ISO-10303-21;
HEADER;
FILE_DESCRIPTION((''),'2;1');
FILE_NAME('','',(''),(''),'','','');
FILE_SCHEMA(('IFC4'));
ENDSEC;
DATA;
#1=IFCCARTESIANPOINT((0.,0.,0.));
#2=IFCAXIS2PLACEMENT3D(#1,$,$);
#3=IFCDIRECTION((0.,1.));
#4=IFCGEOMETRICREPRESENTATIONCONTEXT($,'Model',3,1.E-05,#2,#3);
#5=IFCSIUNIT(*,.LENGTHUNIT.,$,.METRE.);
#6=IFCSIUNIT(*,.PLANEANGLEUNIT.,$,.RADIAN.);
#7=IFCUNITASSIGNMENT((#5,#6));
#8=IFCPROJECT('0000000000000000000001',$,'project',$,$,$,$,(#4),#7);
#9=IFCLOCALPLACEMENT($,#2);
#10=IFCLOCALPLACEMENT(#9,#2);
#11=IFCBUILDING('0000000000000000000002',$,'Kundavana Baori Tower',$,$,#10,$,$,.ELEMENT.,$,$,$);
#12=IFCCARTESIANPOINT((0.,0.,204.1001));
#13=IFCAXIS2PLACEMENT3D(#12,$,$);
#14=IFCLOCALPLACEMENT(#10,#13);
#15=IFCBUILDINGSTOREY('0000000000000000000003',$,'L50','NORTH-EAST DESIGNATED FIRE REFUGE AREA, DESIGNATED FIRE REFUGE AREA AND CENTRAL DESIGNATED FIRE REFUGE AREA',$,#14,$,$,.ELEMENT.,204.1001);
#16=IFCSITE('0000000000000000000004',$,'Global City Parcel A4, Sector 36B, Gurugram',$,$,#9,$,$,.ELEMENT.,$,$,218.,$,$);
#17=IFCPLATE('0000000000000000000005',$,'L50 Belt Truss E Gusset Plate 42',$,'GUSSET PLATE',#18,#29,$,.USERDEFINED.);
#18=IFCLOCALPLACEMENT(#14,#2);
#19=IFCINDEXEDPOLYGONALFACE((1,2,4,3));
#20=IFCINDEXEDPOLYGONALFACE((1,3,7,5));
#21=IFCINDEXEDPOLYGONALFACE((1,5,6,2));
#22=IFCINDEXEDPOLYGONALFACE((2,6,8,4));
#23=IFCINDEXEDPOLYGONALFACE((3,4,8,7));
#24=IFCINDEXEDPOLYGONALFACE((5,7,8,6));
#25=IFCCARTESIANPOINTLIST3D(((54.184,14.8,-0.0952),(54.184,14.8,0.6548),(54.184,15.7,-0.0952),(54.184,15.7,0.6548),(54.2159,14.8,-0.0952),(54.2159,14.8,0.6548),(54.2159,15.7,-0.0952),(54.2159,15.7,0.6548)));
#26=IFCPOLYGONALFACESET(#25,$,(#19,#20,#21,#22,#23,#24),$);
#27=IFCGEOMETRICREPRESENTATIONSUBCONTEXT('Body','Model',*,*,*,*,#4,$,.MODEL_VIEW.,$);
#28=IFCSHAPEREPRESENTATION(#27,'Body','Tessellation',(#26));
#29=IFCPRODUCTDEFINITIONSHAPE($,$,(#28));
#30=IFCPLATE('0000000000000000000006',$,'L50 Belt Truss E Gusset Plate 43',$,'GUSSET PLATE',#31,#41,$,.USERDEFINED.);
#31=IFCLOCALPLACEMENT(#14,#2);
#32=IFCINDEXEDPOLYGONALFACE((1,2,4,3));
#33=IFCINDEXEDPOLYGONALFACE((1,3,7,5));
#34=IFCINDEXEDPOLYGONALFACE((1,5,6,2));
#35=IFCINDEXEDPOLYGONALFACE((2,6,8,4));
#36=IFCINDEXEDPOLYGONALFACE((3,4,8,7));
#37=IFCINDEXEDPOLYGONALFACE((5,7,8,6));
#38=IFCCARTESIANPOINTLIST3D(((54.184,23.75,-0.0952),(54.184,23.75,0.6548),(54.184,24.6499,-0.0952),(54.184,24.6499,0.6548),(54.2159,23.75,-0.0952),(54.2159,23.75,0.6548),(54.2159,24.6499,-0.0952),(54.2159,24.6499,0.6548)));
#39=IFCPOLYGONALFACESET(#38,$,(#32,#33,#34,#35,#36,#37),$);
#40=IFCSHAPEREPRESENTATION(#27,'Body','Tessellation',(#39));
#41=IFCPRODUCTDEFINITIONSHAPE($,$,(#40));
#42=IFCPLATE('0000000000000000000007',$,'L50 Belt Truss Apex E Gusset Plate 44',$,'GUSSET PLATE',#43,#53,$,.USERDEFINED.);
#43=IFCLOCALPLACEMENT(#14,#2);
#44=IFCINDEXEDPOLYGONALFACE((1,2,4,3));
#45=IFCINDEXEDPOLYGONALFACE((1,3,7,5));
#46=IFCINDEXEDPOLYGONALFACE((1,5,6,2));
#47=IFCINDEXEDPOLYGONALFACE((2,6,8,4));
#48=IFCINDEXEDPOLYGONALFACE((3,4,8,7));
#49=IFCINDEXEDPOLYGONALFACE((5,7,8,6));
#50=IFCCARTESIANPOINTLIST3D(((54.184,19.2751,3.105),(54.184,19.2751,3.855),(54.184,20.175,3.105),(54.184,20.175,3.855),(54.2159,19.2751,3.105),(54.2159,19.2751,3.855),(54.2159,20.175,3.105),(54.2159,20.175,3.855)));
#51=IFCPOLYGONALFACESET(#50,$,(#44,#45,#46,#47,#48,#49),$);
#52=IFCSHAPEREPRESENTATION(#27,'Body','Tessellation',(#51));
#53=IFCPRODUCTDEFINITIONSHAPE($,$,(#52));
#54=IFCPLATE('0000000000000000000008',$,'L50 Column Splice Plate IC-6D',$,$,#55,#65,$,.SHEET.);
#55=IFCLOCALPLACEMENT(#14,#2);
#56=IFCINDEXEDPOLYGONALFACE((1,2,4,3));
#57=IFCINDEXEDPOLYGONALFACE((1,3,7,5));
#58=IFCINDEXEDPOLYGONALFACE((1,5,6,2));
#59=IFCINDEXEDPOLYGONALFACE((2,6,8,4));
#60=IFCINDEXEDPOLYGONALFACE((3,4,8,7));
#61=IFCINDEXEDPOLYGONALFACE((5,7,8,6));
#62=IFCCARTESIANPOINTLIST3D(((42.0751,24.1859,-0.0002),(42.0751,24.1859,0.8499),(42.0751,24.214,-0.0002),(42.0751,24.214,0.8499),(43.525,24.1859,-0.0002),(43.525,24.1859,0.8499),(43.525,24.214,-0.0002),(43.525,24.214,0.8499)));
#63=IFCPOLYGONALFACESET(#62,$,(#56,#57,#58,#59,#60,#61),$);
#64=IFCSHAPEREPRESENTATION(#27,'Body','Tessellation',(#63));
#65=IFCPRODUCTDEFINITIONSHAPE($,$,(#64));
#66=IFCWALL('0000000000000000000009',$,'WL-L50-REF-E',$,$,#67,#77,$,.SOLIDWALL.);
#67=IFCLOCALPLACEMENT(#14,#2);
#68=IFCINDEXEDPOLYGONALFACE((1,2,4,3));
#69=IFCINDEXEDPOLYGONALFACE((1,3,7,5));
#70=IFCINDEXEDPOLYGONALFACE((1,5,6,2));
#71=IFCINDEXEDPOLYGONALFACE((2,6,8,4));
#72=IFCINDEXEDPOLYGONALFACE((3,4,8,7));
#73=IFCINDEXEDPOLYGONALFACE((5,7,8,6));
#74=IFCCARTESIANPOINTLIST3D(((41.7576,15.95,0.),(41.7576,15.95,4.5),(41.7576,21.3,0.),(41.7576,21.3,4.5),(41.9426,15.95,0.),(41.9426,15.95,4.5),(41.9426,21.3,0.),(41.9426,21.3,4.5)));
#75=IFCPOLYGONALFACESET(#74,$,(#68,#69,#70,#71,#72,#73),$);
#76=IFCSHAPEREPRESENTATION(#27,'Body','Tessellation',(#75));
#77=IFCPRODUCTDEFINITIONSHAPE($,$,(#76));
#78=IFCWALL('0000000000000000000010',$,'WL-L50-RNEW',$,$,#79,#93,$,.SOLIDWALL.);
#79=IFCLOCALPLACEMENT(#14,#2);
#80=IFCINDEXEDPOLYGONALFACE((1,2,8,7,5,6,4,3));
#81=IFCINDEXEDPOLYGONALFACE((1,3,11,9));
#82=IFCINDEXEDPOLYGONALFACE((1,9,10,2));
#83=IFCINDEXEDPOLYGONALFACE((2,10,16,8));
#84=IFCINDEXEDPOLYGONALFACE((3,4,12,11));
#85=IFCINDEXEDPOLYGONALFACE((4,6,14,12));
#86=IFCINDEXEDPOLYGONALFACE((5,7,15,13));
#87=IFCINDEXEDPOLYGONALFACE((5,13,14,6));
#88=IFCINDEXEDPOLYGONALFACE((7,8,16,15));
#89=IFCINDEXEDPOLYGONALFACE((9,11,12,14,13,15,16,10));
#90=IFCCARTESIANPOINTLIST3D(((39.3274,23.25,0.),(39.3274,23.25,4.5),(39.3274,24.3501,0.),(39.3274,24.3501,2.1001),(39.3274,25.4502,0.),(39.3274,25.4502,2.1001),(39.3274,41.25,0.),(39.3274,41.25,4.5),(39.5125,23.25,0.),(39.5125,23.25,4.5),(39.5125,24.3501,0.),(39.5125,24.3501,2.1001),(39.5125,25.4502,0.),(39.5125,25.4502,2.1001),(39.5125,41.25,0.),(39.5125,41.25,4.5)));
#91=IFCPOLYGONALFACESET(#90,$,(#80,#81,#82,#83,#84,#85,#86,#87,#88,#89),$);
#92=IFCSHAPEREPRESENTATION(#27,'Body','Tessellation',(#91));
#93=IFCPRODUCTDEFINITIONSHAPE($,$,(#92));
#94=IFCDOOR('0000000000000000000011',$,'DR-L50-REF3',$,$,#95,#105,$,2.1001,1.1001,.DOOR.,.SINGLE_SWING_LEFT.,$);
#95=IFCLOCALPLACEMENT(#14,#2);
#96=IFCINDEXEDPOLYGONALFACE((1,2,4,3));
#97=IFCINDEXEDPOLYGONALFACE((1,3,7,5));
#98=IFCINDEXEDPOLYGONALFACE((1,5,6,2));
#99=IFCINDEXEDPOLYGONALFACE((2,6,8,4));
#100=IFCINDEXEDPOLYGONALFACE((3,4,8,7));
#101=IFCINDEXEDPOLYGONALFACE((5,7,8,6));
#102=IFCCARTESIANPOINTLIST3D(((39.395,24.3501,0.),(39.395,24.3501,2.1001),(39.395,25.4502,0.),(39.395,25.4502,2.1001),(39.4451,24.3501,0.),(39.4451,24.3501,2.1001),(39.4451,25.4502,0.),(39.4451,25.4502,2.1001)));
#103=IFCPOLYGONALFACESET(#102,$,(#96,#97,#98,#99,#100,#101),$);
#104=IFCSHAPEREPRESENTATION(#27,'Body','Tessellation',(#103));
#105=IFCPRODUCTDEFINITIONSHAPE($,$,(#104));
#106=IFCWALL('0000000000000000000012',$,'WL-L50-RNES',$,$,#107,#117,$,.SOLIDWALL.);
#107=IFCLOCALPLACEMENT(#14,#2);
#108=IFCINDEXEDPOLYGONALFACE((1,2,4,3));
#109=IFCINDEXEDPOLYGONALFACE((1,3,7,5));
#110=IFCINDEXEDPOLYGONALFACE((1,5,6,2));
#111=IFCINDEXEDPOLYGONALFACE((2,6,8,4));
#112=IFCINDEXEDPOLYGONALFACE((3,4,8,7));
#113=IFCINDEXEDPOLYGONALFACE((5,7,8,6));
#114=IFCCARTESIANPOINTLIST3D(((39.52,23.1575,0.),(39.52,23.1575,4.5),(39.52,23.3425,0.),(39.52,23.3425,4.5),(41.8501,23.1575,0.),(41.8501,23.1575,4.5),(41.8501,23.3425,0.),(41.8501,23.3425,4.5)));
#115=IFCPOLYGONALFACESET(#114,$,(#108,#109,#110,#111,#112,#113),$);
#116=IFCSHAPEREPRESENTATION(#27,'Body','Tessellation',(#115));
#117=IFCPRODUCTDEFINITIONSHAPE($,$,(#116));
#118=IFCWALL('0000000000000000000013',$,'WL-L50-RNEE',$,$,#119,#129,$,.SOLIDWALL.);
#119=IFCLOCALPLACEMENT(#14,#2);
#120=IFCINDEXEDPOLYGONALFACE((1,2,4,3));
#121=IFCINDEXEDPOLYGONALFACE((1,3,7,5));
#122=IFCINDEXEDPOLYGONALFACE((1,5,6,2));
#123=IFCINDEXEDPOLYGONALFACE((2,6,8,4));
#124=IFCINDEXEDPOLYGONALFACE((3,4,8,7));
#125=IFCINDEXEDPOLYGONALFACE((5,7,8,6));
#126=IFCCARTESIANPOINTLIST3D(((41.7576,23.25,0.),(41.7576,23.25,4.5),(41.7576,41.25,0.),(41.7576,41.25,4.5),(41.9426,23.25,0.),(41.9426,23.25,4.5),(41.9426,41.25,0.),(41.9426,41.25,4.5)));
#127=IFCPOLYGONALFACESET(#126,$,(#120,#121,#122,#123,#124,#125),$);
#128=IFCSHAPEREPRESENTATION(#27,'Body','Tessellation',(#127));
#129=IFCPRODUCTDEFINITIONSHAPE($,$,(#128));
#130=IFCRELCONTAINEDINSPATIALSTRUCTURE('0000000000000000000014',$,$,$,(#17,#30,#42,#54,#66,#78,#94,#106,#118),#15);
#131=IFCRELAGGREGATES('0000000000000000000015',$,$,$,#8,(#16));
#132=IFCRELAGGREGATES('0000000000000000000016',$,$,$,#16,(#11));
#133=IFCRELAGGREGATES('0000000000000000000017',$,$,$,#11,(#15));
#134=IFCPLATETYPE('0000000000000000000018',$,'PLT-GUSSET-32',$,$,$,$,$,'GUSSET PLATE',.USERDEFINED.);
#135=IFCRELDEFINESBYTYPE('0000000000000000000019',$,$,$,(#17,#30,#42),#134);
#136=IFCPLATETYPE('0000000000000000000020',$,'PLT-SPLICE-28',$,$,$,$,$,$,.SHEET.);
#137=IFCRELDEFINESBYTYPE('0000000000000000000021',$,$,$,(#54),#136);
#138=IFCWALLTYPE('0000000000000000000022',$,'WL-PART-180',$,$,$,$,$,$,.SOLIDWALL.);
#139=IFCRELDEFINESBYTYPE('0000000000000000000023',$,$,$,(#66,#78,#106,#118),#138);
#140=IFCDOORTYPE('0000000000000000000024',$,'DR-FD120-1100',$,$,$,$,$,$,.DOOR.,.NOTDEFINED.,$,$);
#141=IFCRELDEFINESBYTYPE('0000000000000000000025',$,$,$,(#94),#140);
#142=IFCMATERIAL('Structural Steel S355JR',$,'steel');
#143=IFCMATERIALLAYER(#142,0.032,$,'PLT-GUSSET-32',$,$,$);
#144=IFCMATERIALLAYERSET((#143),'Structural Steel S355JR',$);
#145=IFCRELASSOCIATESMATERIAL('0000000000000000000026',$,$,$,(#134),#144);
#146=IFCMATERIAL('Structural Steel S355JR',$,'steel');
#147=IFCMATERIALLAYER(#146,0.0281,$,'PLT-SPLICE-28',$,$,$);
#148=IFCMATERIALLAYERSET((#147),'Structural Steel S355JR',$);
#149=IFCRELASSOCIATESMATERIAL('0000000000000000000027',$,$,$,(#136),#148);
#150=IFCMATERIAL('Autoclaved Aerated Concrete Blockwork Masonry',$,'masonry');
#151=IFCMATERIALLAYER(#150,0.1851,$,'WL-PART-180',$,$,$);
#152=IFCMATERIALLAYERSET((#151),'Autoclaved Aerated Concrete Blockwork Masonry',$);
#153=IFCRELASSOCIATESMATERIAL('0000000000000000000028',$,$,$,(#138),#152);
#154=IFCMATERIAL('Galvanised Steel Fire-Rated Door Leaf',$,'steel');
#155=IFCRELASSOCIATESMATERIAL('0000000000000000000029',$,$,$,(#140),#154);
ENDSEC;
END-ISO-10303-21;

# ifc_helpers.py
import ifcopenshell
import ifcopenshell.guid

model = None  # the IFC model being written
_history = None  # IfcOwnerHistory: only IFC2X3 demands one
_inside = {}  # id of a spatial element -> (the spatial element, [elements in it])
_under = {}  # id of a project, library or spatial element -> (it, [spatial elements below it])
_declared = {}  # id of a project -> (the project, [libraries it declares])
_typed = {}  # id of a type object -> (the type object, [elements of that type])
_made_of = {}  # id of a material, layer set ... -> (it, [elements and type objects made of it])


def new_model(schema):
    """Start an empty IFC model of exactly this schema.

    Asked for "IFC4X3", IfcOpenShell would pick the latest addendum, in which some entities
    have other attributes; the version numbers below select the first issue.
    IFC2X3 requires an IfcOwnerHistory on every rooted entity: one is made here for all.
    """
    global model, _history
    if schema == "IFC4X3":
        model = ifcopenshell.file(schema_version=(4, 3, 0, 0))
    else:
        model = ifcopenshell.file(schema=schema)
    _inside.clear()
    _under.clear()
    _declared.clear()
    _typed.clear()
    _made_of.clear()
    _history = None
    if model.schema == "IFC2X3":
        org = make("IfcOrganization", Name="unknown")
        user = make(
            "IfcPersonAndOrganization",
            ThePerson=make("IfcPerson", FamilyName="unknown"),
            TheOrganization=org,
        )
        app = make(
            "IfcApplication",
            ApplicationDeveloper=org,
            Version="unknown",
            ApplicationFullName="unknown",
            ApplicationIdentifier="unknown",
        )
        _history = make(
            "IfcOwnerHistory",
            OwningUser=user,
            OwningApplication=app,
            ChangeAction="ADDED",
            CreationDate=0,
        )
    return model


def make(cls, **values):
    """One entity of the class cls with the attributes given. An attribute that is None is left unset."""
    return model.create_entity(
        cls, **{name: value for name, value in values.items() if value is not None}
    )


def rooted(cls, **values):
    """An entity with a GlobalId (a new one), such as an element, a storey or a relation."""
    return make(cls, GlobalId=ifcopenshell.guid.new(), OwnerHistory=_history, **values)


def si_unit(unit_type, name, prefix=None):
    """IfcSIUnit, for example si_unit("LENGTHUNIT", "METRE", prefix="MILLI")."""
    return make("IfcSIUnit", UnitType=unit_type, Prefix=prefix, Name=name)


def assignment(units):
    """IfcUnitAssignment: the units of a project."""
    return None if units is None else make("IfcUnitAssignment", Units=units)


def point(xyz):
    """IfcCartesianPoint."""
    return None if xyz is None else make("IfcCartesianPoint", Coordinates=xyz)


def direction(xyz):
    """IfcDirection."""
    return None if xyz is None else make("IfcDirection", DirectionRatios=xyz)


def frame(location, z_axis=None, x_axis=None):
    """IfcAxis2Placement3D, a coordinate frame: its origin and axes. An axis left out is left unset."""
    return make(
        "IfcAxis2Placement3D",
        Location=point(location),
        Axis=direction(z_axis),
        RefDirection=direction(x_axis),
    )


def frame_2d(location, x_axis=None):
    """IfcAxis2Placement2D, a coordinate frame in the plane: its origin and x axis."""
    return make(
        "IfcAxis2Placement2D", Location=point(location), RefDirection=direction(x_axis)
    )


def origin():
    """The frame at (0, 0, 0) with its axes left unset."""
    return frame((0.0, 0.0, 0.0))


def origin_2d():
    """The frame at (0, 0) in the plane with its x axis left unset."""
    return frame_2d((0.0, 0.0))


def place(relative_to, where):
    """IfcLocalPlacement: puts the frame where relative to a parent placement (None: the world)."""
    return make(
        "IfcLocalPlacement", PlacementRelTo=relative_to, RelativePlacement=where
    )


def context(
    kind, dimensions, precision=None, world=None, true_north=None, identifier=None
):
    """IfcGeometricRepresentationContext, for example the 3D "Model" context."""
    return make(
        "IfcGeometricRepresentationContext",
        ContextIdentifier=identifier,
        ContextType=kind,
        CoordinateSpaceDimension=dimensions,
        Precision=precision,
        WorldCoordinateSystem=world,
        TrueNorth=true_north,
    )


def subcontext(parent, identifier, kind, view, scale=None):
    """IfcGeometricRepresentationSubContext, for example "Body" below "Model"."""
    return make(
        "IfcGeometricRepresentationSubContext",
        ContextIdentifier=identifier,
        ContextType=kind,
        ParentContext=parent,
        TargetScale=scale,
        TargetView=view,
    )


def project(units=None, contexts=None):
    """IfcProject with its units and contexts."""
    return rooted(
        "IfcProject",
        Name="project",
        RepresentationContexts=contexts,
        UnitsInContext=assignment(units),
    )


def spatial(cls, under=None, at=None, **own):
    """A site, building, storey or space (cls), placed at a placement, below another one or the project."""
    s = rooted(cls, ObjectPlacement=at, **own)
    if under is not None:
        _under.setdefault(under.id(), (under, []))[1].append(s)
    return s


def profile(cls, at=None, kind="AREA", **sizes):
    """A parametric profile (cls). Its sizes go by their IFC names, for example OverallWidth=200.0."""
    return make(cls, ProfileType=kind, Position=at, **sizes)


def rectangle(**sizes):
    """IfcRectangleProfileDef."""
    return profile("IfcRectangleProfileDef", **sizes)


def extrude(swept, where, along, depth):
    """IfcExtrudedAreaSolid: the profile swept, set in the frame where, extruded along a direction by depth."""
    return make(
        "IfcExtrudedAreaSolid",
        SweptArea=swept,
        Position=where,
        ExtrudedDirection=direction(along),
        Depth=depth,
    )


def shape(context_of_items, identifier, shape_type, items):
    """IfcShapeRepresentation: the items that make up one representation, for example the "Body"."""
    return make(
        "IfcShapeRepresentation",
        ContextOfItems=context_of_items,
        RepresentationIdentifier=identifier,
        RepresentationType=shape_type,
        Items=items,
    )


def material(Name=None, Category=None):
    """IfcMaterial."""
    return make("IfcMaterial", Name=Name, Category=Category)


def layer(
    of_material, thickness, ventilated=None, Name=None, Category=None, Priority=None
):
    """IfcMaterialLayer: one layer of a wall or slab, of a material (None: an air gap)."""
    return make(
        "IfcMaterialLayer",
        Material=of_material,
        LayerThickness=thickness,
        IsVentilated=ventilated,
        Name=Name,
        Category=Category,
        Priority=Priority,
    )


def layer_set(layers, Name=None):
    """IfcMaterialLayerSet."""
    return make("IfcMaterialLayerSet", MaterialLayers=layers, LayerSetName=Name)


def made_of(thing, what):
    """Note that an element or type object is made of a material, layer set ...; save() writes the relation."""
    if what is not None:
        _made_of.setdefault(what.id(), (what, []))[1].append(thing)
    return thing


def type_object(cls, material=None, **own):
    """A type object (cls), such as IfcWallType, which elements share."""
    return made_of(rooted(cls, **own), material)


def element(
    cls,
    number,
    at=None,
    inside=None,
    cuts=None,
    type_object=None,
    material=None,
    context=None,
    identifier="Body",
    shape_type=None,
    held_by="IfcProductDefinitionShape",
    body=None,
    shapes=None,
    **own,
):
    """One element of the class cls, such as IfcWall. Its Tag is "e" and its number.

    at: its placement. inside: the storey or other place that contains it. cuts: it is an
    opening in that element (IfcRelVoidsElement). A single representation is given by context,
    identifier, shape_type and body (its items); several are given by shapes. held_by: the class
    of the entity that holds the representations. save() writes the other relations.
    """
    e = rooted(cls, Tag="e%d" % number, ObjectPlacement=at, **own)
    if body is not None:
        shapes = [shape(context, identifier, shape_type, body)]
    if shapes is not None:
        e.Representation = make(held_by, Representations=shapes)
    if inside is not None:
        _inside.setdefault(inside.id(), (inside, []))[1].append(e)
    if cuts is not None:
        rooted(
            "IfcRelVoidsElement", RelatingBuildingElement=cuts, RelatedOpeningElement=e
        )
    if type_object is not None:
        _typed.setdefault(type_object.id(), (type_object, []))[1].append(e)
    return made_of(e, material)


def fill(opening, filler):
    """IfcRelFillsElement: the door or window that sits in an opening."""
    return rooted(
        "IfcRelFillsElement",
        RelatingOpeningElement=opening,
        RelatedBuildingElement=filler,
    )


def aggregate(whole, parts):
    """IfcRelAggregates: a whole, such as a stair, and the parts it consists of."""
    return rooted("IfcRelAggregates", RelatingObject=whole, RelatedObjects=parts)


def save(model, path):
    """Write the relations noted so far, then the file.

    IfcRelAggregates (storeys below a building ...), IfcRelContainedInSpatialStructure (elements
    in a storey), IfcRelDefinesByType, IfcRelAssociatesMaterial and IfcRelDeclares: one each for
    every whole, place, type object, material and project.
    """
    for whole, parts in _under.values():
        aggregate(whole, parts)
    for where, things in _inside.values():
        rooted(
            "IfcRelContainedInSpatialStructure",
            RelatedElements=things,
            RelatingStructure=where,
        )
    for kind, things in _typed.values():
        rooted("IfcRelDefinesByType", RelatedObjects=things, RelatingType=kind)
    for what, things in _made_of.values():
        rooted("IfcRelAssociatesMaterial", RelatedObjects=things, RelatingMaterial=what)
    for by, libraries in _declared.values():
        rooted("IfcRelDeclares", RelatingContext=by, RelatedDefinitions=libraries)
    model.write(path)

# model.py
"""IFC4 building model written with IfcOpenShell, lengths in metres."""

from ifc_helpers import new_model, si_unit, direction, frame, frame_2d, origin, origin_2d, place, context, subcontext, project, spatial, rectangle, extrude, material, layer, layer_set, type_object, element, fill, save


model = new_model("IFC4")

# Units and contexts
model_context = context("Model", 3, precision=1e-05, world=origin(), true_north=direction((0.0, 1.0)))
body_context = subcontext(model_context, "Body", "Model", "MODEL_VIEW")
ifc_project = project(units=[si_unit("LENGTHUNIT", "METRE"), si_unit("PLANEANGLEUNIT", "RADIAN")], contexts=[model_context])

# Site, building, storey
site_placement = place(None, origin())
site = spatial("IfcSite", under=ifc_project, at=site_placement, Name="Global City Parcel A4, Sector 36B, Gurugram", CompositionType="ELEMENT", RefElevation=218.0)
building_placement = place(site_placement, origin())
building = spatial("IfcBuilding", under=site, at=building_placement, Name="Kundavana Baori Tower", CompositionType="ELEMENT")
storey_placement = place(building_placement, frame((0.0, 0.0, 204.1001)))
storey = spatial("IfcBuildingStorey", under=building, at=storey_placement, Name="L50", Description="NORTH-EAST DESIGNATED FIRE REFUGE AREA, DESIGNATED FIRE REFUGE AREA AND CENTRAL DESIGNATED FIRE REFUGE AREA", CompositionType="ELEMENT", Elevation=204.1001)

# Plates
ifc_material_1 = material(Name="Structural Steel S355JR", Category="steel")
ifc_layer_1 = layer(ifc_material_1, 0.032, Name="PLT-GUSSET-32")
ifc_layer_set_1 = layer_set([ifc_layer_1], Name="Structural Steel S355JR")
plate_type_1 = type_object("IfcPlateType", Name="PLT-GUSSET-32", ElementType="GUSSET PLATE", PredefinedType="USERDEFINED", material=ifc_layer_set_1)
for number, where, z_axis, x_axis, name in (
    (1, (54.2, 15.25, -0.0952), (0.0, 0.0, 1.0), (1.0, 0.0, 0.0), "L50 Belt Truss E Gusset Plate 42"),
    (2, (54.2, 24.2, -0.0952), (0.0, 0.0, 1.0), (1.0, 0.0, 0.0), "L50 Belt Truss E Gusset Plate 43"),
    (3, (54.2, 19.7251, 3.105), (0.0, 0.0, 1.0), (1.0, 0.0, 0.0), "L50 Belt Truss Apex E Gusset Plate 44"),
):
    element("IfcPlate", number, at=place(storey_placement, frame(where, z_axis=z_axis, x_axis=x_axis)), inside=storey, type_object=plate_type_1, Name=name, ObjectType="GUSSET PLATE", PredefinedType="USERDEFINED", context=body_context, shape_type="SweptSolid", body=[
        extrude(rectangle(XDim=0.032, YDim=0.8999, at=origin_2d()), origin(), (0.0, 0.0, 1.0), 0.75),
    ])
ifc_material_2 = material(Name="Structural Steel S355JR", Category="steel")
ifc_layer_2 = layer(ifc_material_2, 0.0281, Name="PLT-SPLICE-28")
ifc_layer_set_2 = layer_set([ifc_layer_2], Name="Structural Steel S355JR")
plate_type_2 = type_object("IfcPlateType", Name="PLT-SPLICE-28", PredefinedType="SHEET", material=ifc_layer_set_2)
plate_placement = place(storey_placement, frame((42.8, 24.2, -0.0002), z_axis=(0.0, 0.0, 1.0), x_axis=(1.0, 0.0, 0.0)))
element("IfcPlate", 4, at=plate_placement, inside=storey, type_object=plate_type_2, Name="L50 Column Splice Plate IC-6D", PredefinedType="SHEET", context=body_context, shape_type="SweptSolid", body=[
    extrude(rectangle(XDim=1.45, YDim=0.0281, at=origin_2d()), origin(), (0.0, 0.0, 1.0), 0.8501),
])

# Wall
ifc_material_3 = material(Name="Autoclaved Aerated Concrete Blockwork Masonry", Category="masonry")
ifc_layer_3 = layer(ifc_material_3, 0.1851, Name="WL-PART-180")
ifc_layer_set_3 = layer_set([ifc_layer_3], Name="Autoclaved Aerated Concrete Blockwork Masonry")
wall_type = type_object("IfcWallType", Name="WL-PART-180", PredefinedType="SOLIDWALL", material=ifc_layer_set_3)
wall_1_placement = place(storey_placement, frame((41.8501, 15.95, 0.0), z_axis=(0.0, 0.0, 1.0), x_axis=(0.0, 1.0, 0.0)))
element("IfcWall", 5, at=wall_1_placement, inside=storey, type_object=wall_type, Name="WL-L50-REF-E", PredefinedType="SOLIDWALL", context=body_context, shape_type="SweptSolid", body=[
    extrude(rectangle(XDim=5.3501, YDim=0.1851, at=frame_2d((2.675, 0.0))), origin(), (0.0, 0.0, 1.0), 4.5),
])

# Wall, opening, door
wall_2_placement = place(storey_placement, frame((39.4199, 23.25, 0.0), z_axis=(0.0, 0.0, 1.0), x_axis=(0.0, 1.0, 0.0)))
wall_2 = element("IfcWall", 6, at=wall_2_placement, inside=storey, type_object=wall_type, Name="WL-L50-RNEW", PredefinedType="SOLIDWALL", context=body_context, shape_type="SweptSolid", body=[
    extrude(rectangle(XDim=18.0, YDim=0.1851, at=frame_2d((9.0, 0.0))), origin(), (0.0, 0.0, 1.0), 4.5),
])
opening_placement = place(wall_2_placement, frame((1.1001, 0.0, 0.0)))
opening = element("IfcOpeningElement", 7, at=opening_placement, cuts=wall_2, PredefinedType="OPENING", context=body_context, shape_type="SweptSolid", body=[
    extrude(rectangle(XDim=1.1001, YDim=2.1001, at=frame_2d((0.55, 1.05))), frame((0.0, 0.1025, 0.0), z_axis=(0.0, -1.0, 0.0), x_axis=(1.0, 0.0, 0.0)), (0.0, 0.0, 1.0), 0.2051),
])
ifc_material_4 = material(Name="Galvanised Steel Fire-Rated Door Leaf", Category="steel")
door_type = type_object("IfcDoorType", Name="DR-FD120-1100", OperationType="NOTDEFINED", PredefinedType="DOOR", material=ifc_material_4)
door_placement = place(opening_placement, origin())
door = element("IfcDoor", 8, at=door_placement, inside=storey, type_object=door_type, Name="DR-L50-REF3", OperationType="SINGLE_SWING_LEFT", OverallHeight=2.1001, OverallWidth=1.1001, PredefinedType="DOOR", context=body_context, shape_type="SweptSolid", body=[
    extrude(rectangle(XDim=1.1001, YDim=2.1001, at=frame_2d((0.55, 1.05))), frame((0.0, 0.0249, 0.0), z_axis=(0.0, -1.0, 0.0), x_axis=(1.0, 0.0, 0.0)), (0.0, 0.0, 1.0), 0.05),
])
fill(opening, door)

# Walls
wall_3_placement = place(storey_placement, frame((39.52, 23.25, 0.0), z_axis=(0.0, 0.0, 1.0), x_axis=(1.0, 0.0, 0.0)))
element("IfcWall", 9, at=wall_3_placement, inside=storey, type_object=wall_type, Name="WL-L50-RNES", PredefinedType="SOLIDWALL", context=body_context, shape_type="SweptSolid", body=[
    extrude(rectangle(XDim=2.3301, YDim=0.1851, at=frame_2d((1.165, 0.0))), origin(), (0.0, 0.0, 1.0), 4.5),
])
wall_4_placement = place(storey_placement, frame((41.8501, 23.25, 0.0), z_axis=(0.0, 0.0, 1.0), x_axis=(0.0, 1.0, 0.0)))
element("IfcWall", 10, at=wall_4_placement, inside=storey, type_object=wall_type, Name="WL-L50-RNEE", PredefinedType="SOLIDWALL", context=body_context, shape_type="SweptSolid", body=[
    extrude(rectangle(XDim=18.0, YDim=0.1851, at=frame_2d((9.0, 0.0))), origin(), (0.0, 0.0, 1.0), 4.5),
])

save(model, "model.ifc")
